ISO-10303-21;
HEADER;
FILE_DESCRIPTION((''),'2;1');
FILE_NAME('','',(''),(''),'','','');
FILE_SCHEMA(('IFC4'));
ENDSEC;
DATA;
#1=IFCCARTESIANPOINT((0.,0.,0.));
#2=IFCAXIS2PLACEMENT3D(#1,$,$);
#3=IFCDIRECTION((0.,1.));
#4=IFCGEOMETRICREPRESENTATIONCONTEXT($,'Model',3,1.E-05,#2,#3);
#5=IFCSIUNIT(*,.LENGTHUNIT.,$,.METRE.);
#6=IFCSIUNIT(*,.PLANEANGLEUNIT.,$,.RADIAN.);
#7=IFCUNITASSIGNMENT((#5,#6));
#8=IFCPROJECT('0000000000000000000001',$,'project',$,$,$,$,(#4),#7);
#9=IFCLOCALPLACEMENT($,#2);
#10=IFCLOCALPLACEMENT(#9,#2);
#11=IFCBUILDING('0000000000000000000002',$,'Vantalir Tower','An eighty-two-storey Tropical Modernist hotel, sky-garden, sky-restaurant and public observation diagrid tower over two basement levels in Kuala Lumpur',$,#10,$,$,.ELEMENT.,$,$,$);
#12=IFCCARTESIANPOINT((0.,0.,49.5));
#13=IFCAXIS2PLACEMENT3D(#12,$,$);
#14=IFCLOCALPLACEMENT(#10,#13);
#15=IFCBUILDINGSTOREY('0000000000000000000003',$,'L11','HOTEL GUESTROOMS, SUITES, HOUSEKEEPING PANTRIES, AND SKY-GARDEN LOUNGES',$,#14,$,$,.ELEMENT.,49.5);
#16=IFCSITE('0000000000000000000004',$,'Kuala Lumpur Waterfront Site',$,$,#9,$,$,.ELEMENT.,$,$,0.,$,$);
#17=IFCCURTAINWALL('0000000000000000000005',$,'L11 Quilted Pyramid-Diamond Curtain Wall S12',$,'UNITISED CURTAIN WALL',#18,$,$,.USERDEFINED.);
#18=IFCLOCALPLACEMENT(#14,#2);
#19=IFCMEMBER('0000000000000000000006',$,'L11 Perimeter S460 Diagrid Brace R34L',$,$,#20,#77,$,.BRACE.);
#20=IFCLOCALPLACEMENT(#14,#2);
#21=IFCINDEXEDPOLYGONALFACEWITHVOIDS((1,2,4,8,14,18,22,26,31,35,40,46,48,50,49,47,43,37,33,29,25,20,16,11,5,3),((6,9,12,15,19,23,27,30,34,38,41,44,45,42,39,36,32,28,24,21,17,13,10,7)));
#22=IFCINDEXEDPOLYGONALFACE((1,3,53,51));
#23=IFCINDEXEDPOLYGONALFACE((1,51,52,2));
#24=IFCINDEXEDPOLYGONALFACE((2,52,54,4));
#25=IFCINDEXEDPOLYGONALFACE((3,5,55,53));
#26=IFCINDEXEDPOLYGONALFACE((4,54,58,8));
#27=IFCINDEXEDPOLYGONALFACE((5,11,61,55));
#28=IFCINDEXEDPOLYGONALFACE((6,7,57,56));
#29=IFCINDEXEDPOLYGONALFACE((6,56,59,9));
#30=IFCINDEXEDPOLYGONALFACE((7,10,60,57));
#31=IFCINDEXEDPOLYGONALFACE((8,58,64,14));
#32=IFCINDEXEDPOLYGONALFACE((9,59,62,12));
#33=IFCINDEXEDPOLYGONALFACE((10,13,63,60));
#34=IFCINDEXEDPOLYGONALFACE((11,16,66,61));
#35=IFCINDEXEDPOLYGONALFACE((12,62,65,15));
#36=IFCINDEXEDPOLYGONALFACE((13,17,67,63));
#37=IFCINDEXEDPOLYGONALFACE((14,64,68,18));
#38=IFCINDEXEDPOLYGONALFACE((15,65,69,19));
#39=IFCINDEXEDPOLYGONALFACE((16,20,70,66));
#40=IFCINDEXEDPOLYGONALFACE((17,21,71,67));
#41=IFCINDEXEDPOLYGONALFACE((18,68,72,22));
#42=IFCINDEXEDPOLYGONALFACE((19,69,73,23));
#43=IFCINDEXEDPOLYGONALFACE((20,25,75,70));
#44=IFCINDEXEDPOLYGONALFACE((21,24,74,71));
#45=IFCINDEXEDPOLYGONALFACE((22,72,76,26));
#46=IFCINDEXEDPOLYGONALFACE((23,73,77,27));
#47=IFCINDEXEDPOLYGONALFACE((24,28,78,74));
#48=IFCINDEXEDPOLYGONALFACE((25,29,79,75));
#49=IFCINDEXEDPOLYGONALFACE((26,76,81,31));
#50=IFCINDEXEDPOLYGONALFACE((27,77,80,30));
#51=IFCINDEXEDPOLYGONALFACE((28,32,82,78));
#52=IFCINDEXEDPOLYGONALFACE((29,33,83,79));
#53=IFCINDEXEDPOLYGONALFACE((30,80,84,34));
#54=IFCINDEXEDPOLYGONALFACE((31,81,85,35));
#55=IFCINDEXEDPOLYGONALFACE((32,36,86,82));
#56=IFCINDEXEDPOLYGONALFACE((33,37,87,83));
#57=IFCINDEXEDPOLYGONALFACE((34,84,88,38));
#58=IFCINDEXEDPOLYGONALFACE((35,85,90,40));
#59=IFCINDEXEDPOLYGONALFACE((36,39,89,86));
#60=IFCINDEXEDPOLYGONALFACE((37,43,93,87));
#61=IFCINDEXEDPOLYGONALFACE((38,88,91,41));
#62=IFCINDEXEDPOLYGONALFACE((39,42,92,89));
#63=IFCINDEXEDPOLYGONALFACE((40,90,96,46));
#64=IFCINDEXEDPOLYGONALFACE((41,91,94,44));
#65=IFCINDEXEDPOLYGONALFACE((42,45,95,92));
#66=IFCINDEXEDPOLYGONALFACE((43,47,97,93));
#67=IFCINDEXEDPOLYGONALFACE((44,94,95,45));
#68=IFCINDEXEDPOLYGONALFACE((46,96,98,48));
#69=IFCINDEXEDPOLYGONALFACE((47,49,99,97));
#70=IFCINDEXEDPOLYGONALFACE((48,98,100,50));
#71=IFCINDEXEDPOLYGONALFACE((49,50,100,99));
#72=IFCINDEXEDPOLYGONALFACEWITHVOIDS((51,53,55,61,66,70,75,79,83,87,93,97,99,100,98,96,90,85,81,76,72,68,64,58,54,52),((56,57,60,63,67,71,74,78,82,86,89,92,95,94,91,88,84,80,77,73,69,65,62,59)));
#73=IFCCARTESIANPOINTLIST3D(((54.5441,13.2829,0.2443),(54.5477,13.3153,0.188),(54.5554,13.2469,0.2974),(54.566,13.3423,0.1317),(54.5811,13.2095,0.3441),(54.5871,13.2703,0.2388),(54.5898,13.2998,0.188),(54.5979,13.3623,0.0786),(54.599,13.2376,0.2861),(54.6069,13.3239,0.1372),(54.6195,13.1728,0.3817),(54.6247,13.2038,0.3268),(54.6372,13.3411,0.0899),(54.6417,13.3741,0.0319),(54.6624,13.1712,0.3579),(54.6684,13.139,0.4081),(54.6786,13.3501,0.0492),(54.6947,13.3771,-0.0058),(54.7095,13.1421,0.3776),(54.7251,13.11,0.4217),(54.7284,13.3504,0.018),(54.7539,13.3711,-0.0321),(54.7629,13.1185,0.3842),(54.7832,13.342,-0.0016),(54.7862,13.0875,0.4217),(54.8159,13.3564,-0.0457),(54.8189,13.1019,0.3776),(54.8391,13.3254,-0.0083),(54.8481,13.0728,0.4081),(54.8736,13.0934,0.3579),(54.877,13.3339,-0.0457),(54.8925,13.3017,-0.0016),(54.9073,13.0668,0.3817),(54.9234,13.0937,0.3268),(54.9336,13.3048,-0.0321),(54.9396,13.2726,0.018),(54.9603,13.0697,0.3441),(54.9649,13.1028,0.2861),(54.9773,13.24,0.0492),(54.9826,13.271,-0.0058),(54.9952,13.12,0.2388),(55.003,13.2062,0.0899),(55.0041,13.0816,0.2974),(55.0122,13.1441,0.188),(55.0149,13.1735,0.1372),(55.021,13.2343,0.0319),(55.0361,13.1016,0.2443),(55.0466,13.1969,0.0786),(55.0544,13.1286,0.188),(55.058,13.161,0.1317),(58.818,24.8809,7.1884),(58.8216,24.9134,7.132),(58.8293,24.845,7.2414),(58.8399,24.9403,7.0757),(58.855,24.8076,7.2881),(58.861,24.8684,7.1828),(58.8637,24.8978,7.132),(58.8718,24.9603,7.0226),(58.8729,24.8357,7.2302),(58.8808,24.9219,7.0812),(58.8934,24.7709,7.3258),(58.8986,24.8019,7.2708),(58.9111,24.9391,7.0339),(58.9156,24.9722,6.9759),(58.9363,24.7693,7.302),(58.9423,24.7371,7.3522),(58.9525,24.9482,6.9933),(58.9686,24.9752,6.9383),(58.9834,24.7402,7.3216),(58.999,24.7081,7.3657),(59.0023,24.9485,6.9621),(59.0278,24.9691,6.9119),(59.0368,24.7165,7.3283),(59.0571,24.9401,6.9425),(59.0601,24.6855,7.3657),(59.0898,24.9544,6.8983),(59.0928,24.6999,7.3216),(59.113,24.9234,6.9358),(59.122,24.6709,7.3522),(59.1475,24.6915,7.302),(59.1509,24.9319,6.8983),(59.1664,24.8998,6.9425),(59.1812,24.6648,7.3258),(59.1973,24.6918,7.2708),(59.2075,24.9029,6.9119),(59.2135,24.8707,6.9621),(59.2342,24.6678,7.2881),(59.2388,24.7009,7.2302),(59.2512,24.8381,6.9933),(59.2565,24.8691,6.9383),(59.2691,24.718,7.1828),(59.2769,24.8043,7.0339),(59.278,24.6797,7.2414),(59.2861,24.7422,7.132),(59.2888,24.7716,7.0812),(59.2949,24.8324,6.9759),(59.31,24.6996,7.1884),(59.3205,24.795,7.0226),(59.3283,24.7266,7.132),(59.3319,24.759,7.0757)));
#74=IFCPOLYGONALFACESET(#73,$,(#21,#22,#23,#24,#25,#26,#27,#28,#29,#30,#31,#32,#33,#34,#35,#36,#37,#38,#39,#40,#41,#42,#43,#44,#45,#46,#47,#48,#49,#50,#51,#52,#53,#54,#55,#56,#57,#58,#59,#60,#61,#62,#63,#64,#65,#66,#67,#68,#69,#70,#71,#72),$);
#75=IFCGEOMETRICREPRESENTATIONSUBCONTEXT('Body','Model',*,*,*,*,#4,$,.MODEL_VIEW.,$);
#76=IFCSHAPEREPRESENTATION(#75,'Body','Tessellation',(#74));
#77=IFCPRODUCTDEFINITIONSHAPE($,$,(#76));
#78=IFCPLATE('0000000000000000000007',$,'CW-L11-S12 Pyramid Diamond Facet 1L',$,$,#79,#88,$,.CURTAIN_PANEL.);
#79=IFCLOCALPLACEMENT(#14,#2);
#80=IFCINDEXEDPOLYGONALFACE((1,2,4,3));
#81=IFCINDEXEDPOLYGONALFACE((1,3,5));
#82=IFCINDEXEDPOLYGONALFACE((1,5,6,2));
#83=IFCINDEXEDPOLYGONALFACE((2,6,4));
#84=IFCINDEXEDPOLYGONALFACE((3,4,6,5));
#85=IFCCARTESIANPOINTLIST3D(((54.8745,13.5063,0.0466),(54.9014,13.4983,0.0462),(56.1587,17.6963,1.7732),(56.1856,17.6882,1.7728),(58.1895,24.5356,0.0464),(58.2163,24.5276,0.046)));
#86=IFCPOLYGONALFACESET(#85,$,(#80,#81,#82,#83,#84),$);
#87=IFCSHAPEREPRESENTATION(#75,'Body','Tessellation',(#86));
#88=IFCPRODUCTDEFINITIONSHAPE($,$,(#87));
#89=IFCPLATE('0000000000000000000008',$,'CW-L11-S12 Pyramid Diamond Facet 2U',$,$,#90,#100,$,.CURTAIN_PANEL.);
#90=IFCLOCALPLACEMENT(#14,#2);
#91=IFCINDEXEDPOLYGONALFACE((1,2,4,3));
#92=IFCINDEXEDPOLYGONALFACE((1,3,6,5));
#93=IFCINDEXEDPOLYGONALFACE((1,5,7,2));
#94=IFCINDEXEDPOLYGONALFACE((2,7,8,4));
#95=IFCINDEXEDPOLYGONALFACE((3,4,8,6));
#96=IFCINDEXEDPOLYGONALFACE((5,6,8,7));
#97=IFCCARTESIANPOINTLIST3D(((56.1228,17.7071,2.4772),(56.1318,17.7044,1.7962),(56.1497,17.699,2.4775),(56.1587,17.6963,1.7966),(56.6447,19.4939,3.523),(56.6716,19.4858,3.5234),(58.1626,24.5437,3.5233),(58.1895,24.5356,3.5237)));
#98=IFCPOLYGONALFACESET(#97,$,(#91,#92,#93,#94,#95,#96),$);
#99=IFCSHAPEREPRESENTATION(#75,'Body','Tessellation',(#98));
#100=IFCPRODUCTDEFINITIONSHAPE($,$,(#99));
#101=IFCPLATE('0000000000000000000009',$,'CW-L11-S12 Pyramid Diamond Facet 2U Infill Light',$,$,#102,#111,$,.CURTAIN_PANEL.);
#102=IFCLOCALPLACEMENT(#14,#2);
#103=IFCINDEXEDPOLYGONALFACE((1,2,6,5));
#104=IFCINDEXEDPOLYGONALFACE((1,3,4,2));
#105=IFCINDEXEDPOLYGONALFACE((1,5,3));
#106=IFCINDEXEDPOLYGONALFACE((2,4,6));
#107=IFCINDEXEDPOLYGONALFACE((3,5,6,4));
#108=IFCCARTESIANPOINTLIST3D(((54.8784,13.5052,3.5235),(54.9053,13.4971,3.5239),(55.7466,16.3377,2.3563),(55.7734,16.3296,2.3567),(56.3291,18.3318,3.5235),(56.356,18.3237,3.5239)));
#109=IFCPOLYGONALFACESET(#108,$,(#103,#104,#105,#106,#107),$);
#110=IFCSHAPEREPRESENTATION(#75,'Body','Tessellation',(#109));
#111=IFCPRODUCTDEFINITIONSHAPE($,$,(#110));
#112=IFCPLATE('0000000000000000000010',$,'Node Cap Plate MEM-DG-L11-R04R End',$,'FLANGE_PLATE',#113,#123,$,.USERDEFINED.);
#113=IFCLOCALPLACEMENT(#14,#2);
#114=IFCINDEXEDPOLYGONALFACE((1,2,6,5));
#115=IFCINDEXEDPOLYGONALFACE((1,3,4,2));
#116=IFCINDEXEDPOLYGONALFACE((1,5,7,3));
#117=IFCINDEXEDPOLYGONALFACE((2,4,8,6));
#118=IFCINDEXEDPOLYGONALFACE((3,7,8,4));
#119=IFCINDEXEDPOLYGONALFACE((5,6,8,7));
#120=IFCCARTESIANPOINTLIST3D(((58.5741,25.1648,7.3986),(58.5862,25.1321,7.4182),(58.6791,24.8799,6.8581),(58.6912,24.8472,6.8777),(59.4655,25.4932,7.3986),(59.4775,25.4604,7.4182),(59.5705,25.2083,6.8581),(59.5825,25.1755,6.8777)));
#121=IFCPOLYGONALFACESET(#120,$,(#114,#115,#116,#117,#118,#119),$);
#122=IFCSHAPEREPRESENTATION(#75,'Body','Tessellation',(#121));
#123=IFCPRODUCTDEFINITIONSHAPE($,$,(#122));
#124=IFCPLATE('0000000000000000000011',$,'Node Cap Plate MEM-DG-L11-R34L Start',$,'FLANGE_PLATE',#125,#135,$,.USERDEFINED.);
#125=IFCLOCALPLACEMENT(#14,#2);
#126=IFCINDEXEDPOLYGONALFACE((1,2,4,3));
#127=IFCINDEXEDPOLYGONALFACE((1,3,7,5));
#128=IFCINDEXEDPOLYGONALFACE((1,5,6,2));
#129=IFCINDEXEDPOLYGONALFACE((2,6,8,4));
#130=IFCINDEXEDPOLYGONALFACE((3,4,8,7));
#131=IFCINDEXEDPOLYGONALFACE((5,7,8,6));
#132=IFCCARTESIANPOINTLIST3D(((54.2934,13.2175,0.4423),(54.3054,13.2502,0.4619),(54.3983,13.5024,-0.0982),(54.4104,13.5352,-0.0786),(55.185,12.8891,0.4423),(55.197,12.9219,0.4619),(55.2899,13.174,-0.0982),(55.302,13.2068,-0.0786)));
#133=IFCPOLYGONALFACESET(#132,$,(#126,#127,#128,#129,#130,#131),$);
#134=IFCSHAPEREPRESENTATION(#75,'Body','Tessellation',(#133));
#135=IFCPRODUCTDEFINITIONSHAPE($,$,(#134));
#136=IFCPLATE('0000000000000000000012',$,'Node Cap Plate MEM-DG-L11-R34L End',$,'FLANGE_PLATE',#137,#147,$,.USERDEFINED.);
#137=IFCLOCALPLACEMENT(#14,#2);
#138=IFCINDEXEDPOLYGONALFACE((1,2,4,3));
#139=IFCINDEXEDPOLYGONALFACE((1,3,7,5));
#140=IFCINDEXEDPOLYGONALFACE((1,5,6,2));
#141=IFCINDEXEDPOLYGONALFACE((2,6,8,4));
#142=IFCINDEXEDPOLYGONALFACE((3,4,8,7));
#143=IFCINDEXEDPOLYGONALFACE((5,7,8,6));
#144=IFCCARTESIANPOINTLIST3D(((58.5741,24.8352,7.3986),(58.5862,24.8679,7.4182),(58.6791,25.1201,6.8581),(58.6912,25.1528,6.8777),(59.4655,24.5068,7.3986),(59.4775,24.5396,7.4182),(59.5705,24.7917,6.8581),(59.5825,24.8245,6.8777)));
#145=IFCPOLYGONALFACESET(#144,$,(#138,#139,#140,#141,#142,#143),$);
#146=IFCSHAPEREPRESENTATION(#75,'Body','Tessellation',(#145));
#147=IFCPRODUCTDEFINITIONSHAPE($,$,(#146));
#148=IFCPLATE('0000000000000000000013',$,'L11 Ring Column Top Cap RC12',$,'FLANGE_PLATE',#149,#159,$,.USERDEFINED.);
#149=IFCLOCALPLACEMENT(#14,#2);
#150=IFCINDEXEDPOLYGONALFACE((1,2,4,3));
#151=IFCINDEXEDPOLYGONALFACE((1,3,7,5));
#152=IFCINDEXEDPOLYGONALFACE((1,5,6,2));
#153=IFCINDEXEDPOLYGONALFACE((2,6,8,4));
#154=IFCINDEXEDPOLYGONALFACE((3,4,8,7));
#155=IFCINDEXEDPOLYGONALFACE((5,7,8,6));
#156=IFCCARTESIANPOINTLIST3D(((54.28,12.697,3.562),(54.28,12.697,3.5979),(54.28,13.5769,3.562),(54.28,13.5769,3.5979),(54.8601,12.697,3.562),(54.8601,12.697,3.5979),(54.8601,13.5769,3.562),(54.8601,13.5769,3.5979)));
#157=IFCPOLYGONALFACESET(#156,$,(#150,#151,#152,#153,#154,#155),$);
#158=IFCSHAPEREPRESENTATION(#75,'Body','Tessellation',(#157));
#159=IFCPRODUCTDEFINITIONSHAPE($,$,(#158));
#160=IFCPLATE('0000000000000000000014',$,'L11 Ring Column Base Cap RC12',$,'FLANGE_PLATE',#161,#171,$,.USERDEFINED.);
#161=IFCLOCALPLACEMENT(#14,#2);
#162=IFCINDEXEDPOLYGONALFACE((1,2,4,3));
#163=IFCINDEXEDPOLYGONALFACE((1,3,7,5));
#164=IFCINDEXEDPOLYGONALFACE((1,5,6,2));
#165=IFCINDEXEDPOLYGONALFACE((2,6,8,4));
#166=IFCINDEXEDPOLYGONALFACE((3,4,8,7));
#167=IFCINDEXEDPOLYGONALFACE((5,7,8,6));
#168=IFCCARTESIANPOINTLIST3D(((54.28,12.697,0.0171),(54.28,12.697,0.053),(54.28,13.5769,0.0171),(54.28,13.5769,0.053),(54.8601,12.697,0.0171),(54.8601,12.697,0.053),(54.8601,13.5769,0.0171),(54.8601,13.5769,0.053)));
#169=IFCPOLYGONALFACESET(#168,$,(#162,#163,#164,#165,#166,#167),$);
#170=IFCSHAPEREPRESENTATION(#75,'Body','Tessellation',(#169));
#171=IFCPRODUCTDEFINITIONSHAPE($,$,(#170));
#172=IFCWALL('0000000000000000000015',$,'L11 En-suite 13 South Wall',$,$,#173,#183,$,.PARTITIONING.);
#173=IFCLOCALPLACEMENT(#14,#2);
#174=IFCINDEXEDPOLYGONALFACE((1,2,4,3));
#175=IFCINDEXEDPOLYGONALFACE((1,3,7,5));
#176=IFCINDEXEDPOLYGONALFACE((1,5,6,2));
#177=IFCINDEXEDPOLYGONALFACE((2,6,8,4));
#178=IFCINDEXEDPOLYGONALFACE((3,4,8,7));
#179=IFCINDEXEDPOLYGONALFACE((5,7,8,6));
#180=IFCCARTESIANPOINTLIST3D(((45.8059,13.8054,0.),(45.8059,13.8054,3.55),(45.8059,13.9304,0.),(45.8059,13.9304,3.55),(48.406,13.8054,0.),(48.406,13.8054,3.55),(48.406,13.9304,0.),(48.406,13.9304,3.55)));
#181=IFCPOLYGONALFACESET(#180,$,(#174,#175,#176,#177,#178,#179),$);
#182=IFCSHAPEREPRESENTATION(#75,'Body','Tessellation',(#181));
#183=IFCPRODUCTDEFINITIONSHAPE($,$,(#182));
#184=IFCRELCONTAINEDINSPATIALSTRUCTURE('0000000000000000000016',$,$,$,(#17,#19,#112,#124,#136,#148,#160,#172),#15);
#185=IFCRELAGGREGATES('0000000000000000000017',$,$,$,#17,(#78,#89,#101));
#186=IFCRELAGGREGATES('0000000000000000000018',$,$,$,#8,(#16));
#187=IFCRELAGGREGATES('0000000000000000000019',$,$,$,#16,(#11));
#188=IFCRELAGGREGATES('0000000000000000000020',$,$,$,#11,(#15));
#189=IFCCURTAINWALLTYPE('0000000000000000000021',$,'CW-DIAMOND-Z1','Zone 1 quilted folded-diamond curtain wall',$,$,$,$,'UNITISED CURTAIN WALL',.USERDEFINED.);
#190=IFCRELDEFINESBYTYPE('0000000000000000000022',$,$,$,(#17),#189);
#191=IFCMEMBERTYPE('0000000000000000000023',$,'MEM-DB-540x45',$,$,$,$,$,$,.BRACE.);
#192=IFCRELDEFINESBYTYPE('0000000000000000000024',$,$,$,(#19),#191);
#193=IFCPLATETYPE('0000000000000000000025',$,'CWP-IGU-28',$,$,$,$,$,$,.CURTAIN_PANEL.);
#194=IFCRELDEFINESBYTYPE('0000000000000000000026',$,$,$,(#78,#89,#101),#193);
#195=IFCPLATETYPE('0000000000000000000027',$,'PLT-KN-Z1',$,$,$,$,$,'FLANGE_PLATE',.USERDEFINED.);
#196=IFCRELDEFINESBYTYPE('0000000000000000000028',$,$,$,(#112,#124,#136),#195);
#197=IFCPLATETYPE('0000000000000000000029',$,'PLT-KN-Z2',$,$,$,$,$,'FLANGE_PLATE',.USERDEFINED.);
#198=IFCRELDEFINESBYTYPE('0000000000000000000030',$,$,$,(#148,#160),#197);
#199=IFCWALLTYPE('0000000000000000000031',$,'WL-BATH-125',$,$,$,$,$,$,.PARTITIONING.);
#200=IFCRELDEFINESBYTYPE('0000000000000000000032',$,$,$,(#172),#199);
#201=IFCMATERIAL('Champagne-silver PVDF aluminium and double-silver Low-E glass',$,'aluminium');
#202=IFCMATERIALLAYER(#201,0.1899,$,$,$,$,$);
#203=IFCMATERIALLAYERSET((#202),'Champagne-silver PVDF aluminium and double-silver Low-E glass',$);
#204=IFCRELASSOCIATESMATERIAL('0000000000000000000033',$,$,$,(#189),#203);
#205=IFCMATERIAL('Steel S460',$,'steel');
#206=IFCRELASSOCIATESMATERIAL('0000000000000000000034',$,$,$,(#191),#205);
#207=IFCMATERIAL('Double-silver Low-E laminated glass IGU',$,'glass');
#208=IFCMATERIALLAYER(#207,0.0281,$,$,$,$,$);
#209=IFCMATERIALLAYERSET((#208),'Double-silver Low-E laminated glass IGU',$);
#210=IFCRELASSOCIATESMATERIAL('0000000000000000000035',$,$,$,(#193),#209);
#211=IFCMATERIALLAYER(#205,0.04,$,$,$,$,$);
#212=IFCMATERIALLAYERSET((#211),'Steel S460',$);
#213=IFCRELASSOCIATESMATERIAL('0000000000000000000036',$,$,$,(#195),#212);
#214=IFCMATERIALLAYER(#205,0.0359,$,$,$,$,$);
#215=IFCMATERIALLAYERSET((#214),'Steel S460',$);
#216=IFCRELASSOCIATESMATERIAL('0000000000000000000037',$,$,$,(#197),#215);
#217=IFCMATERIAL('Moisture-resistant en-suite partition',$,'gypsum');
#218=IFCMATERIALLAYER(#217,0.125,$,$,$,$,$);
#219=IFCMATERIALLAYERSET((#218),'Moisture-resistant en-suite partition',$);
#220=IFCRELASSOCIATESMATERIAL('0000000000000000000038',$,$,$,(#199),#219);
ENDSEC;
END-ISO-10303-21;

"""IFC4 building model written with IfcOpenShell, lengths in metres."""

from ifc_helpers import new_model, si_unit, direction, frame, frame_2d, origin, origin_2d, place, context, subcontext, project, spatial, polyline, rectangle, hollow_circle, outline, extrude, material, layer, layer_set, material_profile, profile_set, type_object, element, aggregate, save


model = new_model("IFC4")

# Units and contexts
model_context = context("Model", 3, precision=1e-05, world=origin(), true_north=direction((0.0, 1.0)))
body_context = subcontext(model_context, "Body", "Model", "MODEL_VIEW")
ifc_project = project(units=[si_unit("LENGTHUNIT", "METRE"), si_unit("PLANEANGLEUNIT", "RADIAN")], contexts=[model_context])

# Site, building, storey
site_placement = place(None, origin())
site = spatial("IfcSite", under=ifc_project, at=site_placement, Name="Kuala Lumpur Waterfront Site", CompositionType="ELEMENT", RefElevation=0.0)
building_placement = place(site_placement, origin())
building = spatial("IfcBuilding", under=site, at=building_placement, Name="Vantalir Tower", Description="An eighty-two-storey Tropical Modernist hotel, sky-garden, sky-restaurant and public observation diagrid tower over two basement levels in Kuala Lumpur", CompositionType="ELEMENT")
storey_placement = place(building_placement, frame((0.0, 0.0, 49.5)))
storey = spatial("IfcBuildingStorey", under=building, at=storey_placement, Name="L11", Description="HOTEL GUESTROOMS, SUITES, HOUSEKEEPING PANTRIES, AND SKY-GARDEN LOUNGES", CompositionType="ELEMENT", Elevation=49.5)

# Shared definitions
ifc_material_1 = material(Name="Steel S460", Category="steel")

# Curtain wall
ifc_material_2 = material(Name="Champagne-silver PVDF aluminium and double-silver Low-E glass", Category="aluminium")
ifc_layer_1 = layer(ifc_material_2, 0.1899)
ifc_layer_set_1 = layer_set([ifc_layer_1], Name="Champagne-silver PVDF aluminium and double-silver Low-E glass")
curtain_wall_type = type_object("IfcCurtainWallType", Name="CW-DIAMOND-Z1", Description="Zone 1 quilted folded-diamond curtain wall", ElementType="UNITISED CURTAIN WALL", PredefinedType="USERDEFINED", material=ifc_layer_set_1)
curtain_wall_placement = place(storey_placement, origin())
curtain_wall = element("IfcCurtainWall", 1, at=curtain_wall_placement, inside=storey, type_object=curtain_wall_type, Name="L11 Quilted Pyramid-Diamond Curtain Wall S12", ObjectType="UNITISED CURTAIN WALL", PredefinedType="USERDEFINED")

# Member
ifc_material_profile_1 = material_profile(ifc_material_1, hollow_circle(Radius=0.27, WallThickness=0.0449, at=origin_2d()), Name="Steel S460")
ifc_profile_set_1 = profile_set([ifc_material_profile_1], Name="Steel S460")
member_type_1 = type_object("IfcMemberType", Name="MEM-DB-540x45", PredefinedType="BRACE", material=ifc_profile_set_1)
member_1_placement = place(storey_placement, frame((54.801, 13.2219, 0.188), z_axis=(0.301457, 0.818062, 0.489794), x_axis=(-0.938319, 0.345771, 0.0)))
element("IfcMember", 2, at=member_1_placement, inside=storey, type_object=member_type_1, Name="L11 Perimeter S460 Diagrid Brace R34L", PredefinedType="BRACE", context=body_context, shape_type="SweptSolid", body=[
    extrude(hollow_circle(Radius=0.27, WallThickness=0.0449, at=origin_2d()), origin(), (0.0, 0.0, 1.0), 14.1775),
])

# Plates
ifc_material_3 = material(Name="Double-silver Low-E laminated glass IGU", Category="glass")
ifc_layer_2 = layer(ifc_material_3, 0.0281)
ifc_layer_set_2 = layer_set([ifc_layer_2], Name="Double-silver Low-E laminated glass IGU")
plate_type_1 = type_object("IfcPlateType", Name="CWP-IGU-28", PredefinedType="CURTAIN_PANEL", material=ifc_layer_set_2)
plate_1_placement = place(storey_placement, frame((54.8745, 13.5063, 0.0466), z_axis=(-0.957588, 0.287811, 0.013787), x_axis=(0.287838, 0.957679, -0.000021)))
plate_1 = element("IfcPlate", 3, at=plate_1_placement, type_object=plate_type_1, Name="CW-L11-S12 Pyramid Diamond Facet 1L", PredefinedType="CURTAIN_PANEL", context=body_context, shape_type="SweptSolid", body=[
    extrude(outline(polyline([(0.0, 0.0), (11.5167, 0.0), (4.3822, -1.7268), (0.0, 0.0)])), origin(), (0.0, 0.0, -1.0), 0.0281),
])
plate_2_placement = place(storey_placement, frame((56.6716, 19.4858, 3.5234), z_axis=(0.957584, -0.287823, 0.013835), x_axis=(0.28785, 0.957676, 0.000046)))
plate_2 = element("IfcPlate", 4, at=plate_2_placement, type_object=plate_type_1, Name="CW-L11-S12 Pyramid Diamond Facet 2U", PredefinedType="CURTAIN_PANEL", context=body_context, shape_type="SweptSolid", body=[
    extrude(outline(polyline([(0.0, 0.0), (5.273, 0.0), (-1.8615, -1.7269), (-1.8615, -1.0459), (0.0, 0.0)])), origin(), (0.0, 0.0, -1.0), 0.0281),
])
plate_3_placement = place(storey_placement, frame((54.9053, 13.4971, 3.5239), z_axis=(0.957588, -0.287809, 0.013809), x_axis=(0.287837, 0.95768, 0.0)))
plate_3 = element("IfcPlate", 5, at=plate_3_placement, type_object=plate_type_1, Name="CW-L11-S12 Pyramid Diamond Facet 2U Infill Light", PredefinedType="CURTAIN_PANEL", context=body_context, shape_type="SweptSolid", body=[
    extrude(outline(polyline([(0.0, 0.0), (5.04, 0.0), (2.9625, -1.1673), (0.0, 0.0)])), origin(), (0.0, 0.0, -1.0), 0.0281),
])
aggregate(curtain_wall, [plate_1, plate_2, plate_3])

# Plates
ifc_layer_3 = layer(ifc_material_1, 0.04)
ifc_layer_set_3 = layer_set([ifc_layer_3], Name="Steel S460")
plate_type_2 = type_object("IfcPlateType", Name="PLT-KN-Z1", ElementType="FLANGE_PLATE", PredefinedType="USERDEFINED", material=ifc_layer_set_3)
plate_4_placement = place(storey_placement, frame((58.6912, 24.8472, 6.8777), z_axis=(0.301385, -0.818109, 0.48976), x_axis=(0.938352, 0.345682, 0.0)))
element("IfcPlate", 6, at=plate_4_placement, inside=storey, type_object=plate_type_2, Name="Node Cap Plate MEM-DG-L11-R04R End", ObjectType="FLANGE_PLATE", PredefinedType="USERDEFINED", context=body_context, shape_type="SweptSolid", body=[
    extrude(outline(polyline([(0.0, 0.0), (0.9499, 0.0), (0.9499, 0.62), (0.0, 0.62), (0.0, 0.0)])), origin(), (0.0, 0.0, -1.0), 0.04),
])
plate_5_placement = place(storey_placement, frame((55.302, 13.2068, -0.0786), z_axis=(0.301312, 0.818136, 0.48976), x_axis=(-0.938383, 0.345598, 0.0)))
element("IfcPlate", 7, at=plate_5_placement, inside=storey, type_object=plate_type_2, Name="Node Cap Plate MEM-DG-L11-R34L Start", ObjectType="FLANGE_PLATE", PredefinedType="USERDEFINED", context=body_context, shape_type="SweptSolid", body=[
    extrude(outline(polyline([(0.0, 0.0), (0.9501, 0.0), (0.9502, 0.62), (0.0, 0.62), (0.0, 0.0)])), origin(), (0.0, 0.0, -1.0), 0.04),
])
plate_6_placement = place(storey_placement, frame((59.5825, 24.8245, 6.8777), z_axis=(0.301385, 0.818109, 0.48976), x_axis=(-0.938352, 0.345682, 0.0)))
element("IfcPlate", 8, at=plate_6_placement, inside=storey, type_object=plate_type_2, Name="Node Cap Plate MEM-DG-L11-R34L End", ObjectType="FLANGE_PLATE", PredefinedType="USERDEFINED", context=body_context, shape_type="SweptSolid", body=[
    extrude(outline(polyline([(0.0, 0.0), (0.9499, 0.0), (0.9499, 0.62), (0.0, 0.62), (0.0, 0.0)])), origin(), (0.0, 0.0, -1.0), 0.04),
])
ifc_layer_4 = layer(ifc_material_1, 0.0359)
ifc_layer_set_4 = layer_set([ifc_layer_4], Name="Steel S460")
plate_type_3 = type_object("IfcPlateType", Name="PLT-KN-Z2", ElementType="FLANGE_PLATE", PredefinedType="USERDEFINED", material=ifc_layer_set_4)
for number, where, z_axis, x_axis, name in (
    (9, (54.28, 13.5769, 3.5979), (0.0, 0.0, 1.0), (0.0, -1.0, 0.0), "L11 Ring Column Top Cap RC12"),
    (10, (54.28, 13.5769, 0.053), (0.0, 0.0, 1.0), (0.0, -1.0, 0.0), "L11 Ring Column Base Cap RC12"),
):
    element("IfcPlate", number, at=place(storey_placement, frame(where, z_axis=z_axis, x_axis=x_axis)), inside=storey, type_object=plate_type_3, Name=name, ObjectType="FLANGE_PLATE", PredefinedType="USERDEFINED", context=body_context, shape_type="SweptSolid", body=[
        extrude(outline(polyline([(0.0, 0.0), (0.8799, 0.0), (0.8799, 0.5801), (0.0, 0.5801), (0.0, 0.0)])), origin(), (0.0, 0.0, -1.0), 0.0359),
    ])

# Wall
ifc_material_4 = material(Name="Moisture-resistant en-suite partition", Category="gypsum")
ifc_layer_5 = layer(ifc_material_4, 0.125)
ifc_layer_set_5 = layer_set([ifc_layer_5], Name="Moisture-resistant en-suite partition")
wall_type_1 = type_object("IfcWallType", Name="WL-BATH-125", PredefinedType="PARTITIONING", material=ifc_layer_set_5)
wall_1_placement = place(storey_placement, frame((45.8059, 13.8679, 0.0), z_axis=(0.0, 0.0, 1.0), x_axis=(1.0, 0.0, 0.0)))
element("IfcWall", 11, at=wall_1_placement, inside=storey, type_object=wall_type_1, Name="L11 En-suite 13 South Wall", PredefinedType="PARTITIONING", context=body_context, shape_type="SweptSolid", body=[
    extrude(rectangle(XDim=2.6001, YDim=0.125, at=frame_2d((1.3, 0.0))), origin(), (0.0, 0.0, 1.0), 3.55),
])

save(model, "model.ifc")
